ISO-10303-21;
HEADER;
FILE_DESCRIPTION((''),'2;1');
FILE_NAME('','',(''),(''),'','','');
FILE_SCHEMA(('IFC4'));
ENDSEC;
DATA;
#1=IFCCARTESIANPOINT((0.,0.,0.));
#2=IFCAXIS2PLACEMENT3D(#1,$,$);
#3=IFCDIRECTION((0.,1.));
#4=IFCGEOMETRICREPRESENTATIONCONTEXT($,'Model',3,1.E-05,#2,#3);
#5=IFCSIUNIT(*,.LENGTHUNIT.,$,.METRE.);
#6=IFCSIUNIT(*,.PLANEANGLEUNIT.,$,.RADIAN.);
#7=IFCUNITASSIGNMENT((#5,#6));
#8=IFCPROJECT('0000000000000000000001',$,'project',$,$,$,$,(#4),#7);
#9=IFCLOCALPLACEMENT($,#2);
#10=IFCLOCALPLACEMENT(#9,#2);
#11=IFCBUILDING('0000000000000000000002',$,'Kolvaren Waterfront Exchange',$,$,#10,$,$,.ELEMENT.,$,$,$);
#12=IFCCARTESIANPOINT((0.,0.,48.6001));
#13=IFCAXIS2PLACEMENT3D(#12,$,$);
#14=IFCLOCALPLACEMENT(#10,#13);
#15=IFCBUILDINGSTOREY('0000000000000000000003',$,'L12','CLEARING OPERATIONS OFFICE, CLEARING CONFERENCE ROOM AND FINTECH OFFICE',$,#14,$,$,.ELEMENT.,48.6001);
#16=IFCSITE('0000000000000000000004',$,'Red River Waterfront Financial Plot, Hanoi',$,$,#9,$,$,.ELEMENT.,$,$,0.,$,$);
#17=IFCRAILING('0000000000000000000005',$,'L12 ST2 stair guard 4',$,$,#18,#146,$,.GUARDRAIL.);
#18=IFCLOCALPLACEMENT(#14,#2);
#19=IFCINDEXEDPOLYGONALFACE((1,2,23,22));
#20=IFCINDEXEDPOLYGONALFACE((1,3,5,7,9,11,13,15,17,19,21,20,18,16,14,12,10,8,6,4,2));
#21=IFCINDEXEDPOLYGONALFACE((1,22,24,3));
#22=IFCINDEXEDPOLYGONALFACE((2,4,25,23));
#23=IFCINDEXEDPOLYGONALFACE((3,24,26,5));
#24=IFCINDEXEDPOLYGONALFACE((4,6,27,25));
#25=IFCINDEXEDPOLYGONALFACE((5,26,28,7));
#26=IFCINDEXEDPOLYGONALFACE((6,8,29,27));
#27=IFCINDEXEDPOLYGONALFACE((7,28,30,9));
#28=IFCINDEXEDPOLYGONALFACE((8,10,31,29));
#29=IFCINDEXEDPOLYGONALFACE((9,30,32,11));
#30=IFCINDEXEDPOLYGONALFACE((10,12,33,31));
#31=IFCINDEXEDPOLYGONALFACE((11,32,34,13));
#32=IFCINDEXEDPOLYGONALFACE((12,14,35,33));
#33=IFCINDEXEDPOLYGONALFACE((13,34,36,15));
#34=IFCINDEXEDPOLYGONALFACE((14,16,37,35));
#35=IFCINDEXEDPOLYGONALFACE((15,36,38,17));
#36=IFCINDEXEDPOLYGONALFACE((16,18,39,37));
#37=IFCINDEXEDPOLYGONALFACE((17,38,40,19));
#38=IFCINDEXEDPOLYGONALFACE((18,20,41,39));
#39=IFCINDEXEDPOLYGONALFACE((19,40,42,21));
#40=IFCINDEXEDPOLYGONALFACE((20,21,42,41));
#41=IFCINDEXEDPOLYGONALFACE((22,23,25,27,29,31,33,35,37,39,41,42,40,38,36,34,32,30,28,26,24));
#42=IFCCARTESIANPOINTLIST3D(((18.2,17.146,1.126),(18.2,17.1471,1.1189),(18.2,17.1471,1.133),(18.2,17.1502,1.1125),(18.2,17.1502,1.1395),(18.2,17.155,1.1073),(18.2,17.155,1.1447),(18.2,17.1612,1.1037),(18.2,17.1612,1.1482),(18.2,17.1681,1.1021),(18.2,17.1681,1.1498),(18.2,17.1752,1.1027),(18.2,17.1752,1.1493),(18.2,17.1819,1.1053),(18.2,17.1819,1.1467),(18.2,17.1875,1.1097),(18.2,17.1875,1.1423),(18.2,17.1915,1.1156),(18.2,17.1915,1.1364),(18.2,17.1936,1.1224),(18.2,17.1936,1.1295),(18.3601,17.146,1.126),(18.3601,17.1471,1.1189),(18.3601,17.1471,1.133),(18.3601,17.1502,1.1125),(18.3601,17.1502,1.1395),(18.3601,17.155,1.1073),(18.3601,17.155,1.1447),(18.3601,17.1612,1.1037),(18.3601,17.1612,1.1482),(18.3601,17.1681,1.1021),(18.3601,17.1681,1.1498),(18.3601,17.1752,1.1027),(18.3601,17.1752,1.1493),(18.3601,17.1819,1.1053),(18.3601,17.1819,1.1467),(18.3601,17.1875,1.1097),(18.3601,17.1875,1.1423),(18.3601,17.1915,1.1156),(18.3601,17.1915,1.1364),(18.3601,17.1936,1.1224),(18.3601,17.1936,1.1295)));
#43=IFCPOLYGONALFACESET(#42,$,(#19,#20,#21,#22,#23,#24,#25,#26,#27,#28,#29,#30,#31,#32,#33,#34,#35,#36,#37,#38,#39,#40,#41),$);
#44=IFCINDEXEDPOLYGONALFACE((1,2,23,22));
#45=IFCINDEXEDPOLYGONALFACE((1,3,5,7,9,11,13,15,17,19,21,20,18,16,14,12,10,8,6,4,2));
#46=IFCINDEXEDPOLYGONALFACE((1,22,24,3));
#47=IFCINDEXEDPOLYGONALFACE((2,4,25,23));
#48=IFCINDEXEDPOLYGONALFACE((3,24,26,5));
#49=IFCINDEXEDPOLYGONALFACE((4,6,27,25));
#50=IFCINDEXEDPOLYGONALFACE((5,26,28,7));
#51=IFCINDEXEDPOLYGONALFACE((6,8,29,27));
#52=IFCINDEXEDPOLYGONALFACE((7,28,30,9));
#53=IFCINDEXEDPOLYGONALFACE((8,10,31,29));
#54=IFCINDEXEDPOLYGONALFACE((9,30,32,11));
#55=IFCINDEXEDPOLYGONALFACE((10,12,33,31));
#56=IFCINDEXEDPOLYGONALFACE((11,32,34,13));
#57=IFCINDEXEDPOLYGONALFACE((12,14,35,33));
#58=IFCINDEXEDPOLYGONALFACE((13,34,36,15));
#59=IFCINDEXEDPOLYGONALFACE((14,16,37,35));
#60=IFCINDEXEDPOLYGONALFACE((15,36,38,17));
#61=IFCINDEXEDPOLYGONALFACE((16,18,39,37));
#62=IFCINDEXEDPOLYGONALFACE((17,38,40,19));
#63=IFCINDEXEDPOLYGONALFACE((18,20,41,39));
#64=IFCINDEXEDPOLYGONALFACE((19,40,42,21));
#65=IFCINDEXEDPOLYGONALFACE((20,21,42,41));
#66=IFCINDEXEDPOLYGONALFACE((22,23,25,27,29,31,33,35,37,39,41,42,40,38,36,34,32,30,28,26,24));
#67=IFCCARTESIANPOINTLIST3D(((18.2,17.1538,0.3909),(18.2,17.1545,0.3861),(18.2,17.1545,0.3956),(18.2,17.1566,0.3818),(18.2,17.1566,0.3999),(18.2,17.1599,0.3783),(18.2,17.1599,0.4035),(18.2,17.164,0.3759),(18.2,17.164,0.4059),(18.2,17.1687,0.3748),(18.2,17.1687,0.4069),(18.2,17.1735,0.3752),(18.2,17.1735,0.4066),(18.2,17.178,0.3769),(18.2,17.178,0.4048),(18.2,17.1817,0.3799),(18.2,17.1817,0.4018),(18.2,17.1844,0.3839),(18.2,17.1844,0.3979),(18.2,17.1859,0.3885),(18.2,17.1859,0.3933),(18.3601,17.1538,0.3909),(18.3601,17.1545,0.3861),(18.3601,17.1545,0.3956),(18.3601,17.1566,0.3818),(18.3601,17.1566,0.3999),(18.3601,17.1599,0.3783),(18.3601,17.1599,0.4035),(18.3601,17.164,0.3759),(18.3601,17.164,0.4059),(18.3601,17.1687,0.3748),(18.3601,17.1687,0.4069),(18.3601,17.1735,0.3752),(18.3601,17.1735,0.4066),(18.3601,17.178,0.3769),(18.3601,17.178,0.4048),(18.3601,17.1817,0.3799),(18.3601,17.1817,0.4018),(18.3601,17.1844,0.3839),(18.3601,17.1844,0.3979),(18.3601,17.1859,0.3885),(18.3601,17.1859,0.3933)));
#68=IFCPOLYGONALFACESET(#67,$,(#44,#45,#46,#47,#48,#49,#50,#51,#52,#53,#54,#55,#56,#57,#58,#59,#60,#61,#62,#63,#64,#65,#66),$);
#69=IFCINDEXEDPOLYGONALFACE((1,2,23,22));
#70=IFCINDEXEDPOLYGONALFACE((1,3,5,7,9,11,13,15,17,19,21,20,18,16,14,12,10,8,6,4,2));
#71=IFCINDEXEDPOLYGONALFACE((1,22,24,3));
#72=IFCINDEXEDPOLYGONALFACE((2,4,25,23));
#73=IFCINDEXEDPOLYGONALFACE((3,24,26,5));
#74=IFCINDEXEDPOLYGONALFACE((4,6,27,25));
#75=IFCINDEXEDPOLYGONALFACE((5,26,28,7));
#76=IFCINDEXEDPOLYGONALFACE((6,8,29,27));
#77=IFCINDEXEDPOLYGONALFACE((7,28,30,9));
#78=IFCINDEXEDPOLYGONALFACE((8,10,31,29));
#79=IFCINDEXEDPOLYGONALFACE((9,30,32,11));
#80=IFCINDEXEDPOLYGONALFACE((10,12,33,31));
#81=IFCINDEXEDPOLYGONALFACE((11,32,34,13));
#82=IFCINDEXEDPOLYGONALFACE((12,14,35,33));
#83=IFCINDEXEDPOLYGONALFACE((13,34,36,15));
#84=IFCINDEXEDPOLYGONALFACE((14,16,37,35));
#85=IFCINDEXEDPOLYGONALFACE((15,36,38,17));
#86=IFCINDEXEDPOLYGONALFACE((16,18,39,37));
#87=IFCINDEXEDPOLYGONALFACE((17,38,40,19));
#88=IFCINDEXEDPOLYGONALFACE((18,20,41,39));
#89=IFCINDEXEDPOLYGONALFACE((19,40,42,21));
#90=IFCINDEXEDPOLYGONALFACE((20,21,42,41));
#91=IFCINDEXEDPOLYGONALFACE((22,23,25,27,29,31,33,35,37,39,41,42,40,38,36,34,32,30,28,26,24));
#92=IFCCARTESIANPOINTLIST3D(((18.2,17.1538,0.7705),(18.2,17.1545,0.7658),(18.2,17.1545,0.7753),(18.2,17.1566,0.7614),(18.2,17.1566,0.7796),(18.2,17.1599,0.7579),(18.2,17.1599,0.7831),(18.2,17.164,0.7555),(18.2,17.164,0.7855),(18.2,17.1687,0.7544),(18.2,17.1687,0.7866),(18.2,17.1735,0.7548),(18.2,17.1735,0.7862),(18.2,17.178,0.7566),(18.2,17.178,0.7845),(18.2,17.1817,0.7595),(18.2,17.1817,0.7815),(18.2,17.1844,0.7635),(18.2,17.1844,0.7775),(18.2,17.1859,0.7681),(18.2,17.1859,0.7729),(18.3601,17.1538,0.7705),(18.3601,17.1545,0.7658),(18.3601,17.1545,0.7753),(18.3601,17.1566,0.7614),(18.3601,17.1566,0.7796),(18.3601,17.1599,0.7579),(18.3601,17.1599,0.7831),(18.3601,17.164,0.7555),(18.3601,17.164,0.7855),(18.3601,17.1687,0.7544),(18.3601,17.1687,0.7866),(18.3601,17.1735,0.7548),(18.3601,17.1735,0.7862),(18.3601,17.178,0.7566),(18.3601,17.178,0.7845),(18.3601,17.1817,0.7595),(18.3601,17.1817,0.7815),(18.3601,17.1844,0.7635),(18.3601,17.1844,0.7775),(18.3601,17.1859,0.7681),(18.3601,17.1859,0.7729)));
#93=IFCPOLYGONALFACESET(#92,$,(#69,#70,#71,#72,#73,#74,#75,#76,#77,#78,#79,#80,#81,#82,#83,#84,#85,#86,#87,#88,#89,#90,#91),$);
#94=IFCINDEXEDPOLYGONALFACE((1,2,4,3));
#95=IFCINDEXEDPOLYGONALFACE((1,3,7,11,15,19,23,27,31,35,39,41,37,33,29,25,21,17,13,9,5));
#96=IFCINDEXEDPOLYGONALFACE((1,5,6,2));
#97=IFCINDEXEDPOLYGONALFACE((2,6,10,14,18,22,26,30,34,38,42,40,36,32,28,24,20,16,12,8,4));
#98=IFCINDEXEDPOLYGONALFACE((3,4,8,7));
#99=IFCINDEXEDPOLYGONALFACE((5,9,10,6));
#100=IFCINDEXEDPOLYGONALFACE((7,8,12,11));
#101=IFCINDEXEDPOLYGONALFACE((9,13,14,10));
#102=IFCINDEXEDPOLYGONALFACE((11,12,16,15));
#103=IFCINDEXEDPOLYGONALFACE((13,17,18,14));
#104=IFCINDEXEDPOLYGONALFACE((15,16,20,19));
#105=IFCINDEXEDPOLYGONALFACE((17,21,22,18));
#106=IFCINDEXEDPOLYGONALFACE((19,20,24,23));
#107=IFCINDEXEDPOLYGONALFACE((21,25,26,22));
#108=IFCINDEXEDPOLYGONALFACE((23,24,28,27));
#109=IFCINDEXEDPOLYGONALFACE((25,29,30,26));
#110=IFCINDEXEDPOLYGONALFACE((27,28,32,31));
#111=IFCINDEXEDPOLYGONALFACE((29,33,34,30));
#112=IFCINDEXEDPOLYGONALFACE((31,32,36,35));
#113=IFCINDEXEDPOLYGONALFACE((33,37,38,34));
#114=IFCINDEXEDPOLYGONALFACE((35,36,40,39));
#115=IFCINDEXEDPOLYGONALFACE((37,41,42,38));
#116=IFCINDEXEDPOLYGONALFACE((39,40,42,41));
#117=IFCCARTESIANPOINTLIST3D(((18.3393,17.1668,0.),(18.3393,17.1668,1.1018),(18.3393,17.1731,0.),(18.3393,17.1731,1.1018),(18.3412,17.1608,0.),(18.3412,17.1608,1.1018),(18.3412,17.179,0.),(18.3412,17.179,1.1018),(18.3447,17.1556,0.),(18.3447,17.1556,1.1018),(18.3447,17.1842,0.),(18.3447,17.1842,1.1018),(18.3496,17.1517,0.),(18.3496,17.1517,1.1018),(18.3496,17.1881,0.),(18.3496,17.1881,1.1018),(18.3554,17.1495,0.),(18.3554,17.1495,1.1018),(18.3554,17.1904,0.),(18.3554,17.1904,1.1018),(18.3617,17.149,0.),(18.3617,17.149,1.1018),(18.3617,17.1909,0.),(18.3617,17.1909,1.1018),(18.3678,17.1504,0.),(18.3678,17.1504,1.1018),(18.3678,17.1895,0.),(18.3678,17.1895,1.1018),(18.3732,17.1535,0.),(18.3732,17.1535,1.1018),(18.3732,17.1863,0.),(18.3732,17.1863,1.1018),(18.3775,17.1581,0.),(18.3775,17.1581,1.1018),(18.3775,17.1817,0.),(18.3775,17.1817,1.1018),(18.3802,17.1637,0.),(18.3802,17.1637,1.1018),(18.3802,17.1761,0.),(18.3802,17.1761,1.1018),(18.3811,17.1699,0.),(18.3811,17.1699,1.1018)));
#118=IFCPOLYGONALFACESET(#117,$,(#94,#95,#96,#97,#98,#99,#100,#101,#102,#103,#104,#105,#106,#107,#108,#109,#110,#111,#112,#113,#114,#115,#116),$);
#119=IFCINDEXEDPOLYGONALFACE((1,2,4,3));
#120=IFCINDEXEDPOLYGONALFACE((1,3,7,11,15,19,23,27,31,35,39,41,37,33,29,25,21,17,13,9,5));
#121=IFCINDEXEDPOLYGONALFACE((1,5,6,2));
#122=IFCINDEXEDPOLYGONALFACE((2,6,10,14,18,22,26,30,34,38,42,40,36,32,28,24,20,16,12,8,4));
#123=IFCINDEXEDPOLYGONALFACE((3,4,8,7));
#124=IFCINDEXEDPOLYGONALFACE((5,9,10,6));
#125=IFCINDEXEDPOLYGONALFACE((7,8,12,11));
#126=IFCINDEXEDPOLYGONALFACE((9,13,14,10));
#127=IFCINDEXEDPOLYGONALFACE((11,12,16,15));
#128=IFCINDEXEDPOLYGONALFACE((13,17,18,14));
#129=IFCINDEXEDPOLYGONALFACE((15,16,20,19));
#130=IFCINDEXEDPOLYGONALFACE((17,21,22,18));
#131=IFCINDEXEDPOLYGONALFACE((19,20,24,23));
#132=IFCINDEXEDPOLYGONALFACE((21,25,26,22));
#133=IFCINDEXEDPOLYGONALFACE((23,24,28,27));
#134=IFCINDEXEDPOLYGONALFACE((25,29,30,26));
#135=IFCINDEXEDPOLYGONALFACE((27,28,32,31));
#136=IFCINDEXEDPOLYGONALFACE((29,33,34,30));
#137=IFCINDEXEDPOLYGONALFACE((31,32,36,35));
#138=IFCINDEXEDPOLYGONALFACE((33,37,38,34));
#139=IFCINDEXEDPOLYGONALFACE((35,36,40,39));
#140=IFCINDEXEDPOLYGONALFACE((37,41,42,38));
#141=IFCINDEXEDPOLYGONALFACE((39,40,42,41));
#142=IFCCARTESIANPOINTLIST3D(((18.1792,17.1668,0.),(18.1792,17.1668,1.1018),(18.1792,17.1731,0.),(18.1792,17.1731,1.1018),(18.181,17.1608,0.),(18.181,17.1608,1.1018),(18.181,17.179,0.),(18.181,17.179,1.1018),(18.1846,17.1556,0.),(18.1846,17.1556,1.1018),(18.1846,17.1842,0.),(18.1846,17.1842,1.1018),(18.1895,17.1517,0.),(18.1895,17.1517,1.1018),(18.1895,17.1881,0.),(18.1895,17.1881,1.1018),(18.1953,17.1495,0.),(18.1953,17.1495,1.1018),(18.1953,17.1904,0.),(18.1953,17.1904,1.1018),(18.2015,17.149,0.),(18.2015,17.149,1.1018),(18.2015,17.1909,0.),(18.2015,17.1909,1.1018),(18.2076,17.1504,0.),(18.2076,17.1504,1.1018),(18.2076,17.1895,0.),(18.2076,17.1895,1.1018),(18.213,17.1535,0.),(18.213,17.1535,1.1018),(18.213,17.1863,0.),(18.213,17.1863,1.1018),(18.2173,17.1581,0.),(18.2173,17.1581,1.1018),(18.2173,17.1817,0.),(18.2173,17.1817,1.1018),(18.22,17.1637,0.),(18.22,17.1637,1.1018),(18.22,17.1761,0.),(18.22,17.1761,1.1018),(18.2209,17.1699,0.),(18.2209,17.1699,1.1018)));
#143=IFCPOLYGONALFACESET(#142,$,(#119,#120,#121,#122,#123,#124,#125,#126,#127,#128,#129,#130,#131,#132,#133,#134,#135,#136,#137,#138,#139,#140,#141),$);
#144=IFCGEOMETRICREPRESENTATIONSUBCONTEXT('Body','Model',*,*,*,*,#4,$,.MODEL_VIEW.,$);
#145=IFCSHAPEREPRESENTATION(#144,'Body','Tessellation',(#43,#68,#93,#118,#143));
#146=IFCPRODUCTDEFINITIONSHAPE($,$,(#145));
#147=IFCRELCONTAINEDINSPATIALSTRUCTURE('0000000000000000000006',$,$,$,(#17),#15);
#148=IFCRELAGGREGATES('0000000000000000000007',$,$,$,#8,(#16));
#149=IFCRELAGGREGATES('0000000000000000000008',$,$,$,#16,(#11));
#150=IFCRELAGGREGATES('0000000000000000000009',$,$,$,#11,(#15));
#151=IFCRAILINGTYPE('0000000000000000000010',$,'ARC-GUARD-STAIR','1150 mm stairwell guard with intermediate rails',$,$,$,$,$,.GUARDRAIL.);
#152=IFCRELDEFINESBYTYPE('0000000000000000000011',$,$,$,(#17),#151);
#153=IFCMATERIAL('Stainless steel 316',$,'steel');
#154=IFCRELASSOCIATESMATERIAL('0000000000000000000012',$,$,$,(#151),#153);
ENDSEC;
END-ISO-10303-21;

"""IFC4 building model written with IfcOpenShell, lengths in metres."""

from ifc_helpers import new_model, si_unit, direction, frame, origin, origin_2d, place, context, subcontext, project, spatial, circle, extrude, material, type_object, element, save


model = new_model("IFC4")

# Units and contexts
model_context = context("Model", 3, precision=1e-05, world=origin(), true_north=direction((0.0, 1.0)))
body_context = subcontext(model_context, "Body", "Model", "MODEL_VIEW")
ifc_project = project(units=[si_unit("LENGTHUNIT", "METRE"), si_unit("PLANEANGLEUNIT", "RADIAN")], contexts=[model_context])

# Site, building, storey
site_placement = place(None, origin())
site = spatial("IfcSite", under=ifc_project, at=site_placement, Name="Red River Waterfront Financial Plot, Hanoi", CompositionType="ELEMENT", RefElevation=0.0)
building_placement = place(site_placement, origin())
building = spatial("IfcBuilding", under=site, at=building_placement, Name="Kolvaren Waterfront Exchange", CompositionType="ELEMENT")
storey_placement = place(building_placement, frame((0.0, 0.0, 48.6001)))
storey = spatial("IfcBuildingStorey", under=building, at=storey_placement, Name="L12", Description="CLEARING OPERATIONS OFFICE, CLEARING CONFERENCE ROOM AND FINTECH OFFICE", CompositionType="ELEMENT", Elevation=48.6001)

# Railing
ifc_material_1 = material(Name="Stainless steel 316", Category="steel")
railing_type_1 = type_object("IfcRailingType", Name="ARC-GUARD-STAIR", Description="1150 mm stairwell guard with intermediate rails", PredefinedType="GUARDRAIL", material=ifc_material_1)
railing_1_placement = place(storey_placement, frame((18.3601, 17.1699, 0.0)))
element("IfcRailing", 1, at=railing_1_placement, inside=storey, type_object=railing_type_1, Name="L12 ST2 stair guard 4", PredefinedType="GUARDRAIL", context=body_context, shape_type="SweptSolid", body=[
    extrude(circle(Radius=0.0239, at=origin_2d()), frame((0.0, 0.0, 1.126), z_axis=(-1.0, 0.0, 0.0), x_axis=(0.0, -1.0, 0.0)), (0.0, 0.0, 1.0), 0.1602),
    extrude(circle(Radius=0.0161, at=origin_2d()), frame((0.0, 0.0, 0.3909), z_axis=(-1.0, 0.0, 0.0), x_axis=(0.0, -1.0, 0.0)), (0.0, 0.0, 1.0), 0.1602),
    extrude(circle(Radius=0.0161, at=origin_2d()), frame((0.0, 0.0, 0.7705), z_axis=(-1.0, 0.0, 0.0), x_axis=(0.0, -1.0, 0.0)), (0.0, 0.0, 1.0), 0.1602),
    extrude(circle(Radius=0.021, at=origin_2d()), origin(), (0.0, 0.0, 1.0), 1.1018),
    extrude(circle(Radius=0.021, at=origin_2d()), frame((-0.1602, 0.0, 0.0)), (0.0, 0.0, 1.0), 1.1018),
])

save(model, "model.ifc")
